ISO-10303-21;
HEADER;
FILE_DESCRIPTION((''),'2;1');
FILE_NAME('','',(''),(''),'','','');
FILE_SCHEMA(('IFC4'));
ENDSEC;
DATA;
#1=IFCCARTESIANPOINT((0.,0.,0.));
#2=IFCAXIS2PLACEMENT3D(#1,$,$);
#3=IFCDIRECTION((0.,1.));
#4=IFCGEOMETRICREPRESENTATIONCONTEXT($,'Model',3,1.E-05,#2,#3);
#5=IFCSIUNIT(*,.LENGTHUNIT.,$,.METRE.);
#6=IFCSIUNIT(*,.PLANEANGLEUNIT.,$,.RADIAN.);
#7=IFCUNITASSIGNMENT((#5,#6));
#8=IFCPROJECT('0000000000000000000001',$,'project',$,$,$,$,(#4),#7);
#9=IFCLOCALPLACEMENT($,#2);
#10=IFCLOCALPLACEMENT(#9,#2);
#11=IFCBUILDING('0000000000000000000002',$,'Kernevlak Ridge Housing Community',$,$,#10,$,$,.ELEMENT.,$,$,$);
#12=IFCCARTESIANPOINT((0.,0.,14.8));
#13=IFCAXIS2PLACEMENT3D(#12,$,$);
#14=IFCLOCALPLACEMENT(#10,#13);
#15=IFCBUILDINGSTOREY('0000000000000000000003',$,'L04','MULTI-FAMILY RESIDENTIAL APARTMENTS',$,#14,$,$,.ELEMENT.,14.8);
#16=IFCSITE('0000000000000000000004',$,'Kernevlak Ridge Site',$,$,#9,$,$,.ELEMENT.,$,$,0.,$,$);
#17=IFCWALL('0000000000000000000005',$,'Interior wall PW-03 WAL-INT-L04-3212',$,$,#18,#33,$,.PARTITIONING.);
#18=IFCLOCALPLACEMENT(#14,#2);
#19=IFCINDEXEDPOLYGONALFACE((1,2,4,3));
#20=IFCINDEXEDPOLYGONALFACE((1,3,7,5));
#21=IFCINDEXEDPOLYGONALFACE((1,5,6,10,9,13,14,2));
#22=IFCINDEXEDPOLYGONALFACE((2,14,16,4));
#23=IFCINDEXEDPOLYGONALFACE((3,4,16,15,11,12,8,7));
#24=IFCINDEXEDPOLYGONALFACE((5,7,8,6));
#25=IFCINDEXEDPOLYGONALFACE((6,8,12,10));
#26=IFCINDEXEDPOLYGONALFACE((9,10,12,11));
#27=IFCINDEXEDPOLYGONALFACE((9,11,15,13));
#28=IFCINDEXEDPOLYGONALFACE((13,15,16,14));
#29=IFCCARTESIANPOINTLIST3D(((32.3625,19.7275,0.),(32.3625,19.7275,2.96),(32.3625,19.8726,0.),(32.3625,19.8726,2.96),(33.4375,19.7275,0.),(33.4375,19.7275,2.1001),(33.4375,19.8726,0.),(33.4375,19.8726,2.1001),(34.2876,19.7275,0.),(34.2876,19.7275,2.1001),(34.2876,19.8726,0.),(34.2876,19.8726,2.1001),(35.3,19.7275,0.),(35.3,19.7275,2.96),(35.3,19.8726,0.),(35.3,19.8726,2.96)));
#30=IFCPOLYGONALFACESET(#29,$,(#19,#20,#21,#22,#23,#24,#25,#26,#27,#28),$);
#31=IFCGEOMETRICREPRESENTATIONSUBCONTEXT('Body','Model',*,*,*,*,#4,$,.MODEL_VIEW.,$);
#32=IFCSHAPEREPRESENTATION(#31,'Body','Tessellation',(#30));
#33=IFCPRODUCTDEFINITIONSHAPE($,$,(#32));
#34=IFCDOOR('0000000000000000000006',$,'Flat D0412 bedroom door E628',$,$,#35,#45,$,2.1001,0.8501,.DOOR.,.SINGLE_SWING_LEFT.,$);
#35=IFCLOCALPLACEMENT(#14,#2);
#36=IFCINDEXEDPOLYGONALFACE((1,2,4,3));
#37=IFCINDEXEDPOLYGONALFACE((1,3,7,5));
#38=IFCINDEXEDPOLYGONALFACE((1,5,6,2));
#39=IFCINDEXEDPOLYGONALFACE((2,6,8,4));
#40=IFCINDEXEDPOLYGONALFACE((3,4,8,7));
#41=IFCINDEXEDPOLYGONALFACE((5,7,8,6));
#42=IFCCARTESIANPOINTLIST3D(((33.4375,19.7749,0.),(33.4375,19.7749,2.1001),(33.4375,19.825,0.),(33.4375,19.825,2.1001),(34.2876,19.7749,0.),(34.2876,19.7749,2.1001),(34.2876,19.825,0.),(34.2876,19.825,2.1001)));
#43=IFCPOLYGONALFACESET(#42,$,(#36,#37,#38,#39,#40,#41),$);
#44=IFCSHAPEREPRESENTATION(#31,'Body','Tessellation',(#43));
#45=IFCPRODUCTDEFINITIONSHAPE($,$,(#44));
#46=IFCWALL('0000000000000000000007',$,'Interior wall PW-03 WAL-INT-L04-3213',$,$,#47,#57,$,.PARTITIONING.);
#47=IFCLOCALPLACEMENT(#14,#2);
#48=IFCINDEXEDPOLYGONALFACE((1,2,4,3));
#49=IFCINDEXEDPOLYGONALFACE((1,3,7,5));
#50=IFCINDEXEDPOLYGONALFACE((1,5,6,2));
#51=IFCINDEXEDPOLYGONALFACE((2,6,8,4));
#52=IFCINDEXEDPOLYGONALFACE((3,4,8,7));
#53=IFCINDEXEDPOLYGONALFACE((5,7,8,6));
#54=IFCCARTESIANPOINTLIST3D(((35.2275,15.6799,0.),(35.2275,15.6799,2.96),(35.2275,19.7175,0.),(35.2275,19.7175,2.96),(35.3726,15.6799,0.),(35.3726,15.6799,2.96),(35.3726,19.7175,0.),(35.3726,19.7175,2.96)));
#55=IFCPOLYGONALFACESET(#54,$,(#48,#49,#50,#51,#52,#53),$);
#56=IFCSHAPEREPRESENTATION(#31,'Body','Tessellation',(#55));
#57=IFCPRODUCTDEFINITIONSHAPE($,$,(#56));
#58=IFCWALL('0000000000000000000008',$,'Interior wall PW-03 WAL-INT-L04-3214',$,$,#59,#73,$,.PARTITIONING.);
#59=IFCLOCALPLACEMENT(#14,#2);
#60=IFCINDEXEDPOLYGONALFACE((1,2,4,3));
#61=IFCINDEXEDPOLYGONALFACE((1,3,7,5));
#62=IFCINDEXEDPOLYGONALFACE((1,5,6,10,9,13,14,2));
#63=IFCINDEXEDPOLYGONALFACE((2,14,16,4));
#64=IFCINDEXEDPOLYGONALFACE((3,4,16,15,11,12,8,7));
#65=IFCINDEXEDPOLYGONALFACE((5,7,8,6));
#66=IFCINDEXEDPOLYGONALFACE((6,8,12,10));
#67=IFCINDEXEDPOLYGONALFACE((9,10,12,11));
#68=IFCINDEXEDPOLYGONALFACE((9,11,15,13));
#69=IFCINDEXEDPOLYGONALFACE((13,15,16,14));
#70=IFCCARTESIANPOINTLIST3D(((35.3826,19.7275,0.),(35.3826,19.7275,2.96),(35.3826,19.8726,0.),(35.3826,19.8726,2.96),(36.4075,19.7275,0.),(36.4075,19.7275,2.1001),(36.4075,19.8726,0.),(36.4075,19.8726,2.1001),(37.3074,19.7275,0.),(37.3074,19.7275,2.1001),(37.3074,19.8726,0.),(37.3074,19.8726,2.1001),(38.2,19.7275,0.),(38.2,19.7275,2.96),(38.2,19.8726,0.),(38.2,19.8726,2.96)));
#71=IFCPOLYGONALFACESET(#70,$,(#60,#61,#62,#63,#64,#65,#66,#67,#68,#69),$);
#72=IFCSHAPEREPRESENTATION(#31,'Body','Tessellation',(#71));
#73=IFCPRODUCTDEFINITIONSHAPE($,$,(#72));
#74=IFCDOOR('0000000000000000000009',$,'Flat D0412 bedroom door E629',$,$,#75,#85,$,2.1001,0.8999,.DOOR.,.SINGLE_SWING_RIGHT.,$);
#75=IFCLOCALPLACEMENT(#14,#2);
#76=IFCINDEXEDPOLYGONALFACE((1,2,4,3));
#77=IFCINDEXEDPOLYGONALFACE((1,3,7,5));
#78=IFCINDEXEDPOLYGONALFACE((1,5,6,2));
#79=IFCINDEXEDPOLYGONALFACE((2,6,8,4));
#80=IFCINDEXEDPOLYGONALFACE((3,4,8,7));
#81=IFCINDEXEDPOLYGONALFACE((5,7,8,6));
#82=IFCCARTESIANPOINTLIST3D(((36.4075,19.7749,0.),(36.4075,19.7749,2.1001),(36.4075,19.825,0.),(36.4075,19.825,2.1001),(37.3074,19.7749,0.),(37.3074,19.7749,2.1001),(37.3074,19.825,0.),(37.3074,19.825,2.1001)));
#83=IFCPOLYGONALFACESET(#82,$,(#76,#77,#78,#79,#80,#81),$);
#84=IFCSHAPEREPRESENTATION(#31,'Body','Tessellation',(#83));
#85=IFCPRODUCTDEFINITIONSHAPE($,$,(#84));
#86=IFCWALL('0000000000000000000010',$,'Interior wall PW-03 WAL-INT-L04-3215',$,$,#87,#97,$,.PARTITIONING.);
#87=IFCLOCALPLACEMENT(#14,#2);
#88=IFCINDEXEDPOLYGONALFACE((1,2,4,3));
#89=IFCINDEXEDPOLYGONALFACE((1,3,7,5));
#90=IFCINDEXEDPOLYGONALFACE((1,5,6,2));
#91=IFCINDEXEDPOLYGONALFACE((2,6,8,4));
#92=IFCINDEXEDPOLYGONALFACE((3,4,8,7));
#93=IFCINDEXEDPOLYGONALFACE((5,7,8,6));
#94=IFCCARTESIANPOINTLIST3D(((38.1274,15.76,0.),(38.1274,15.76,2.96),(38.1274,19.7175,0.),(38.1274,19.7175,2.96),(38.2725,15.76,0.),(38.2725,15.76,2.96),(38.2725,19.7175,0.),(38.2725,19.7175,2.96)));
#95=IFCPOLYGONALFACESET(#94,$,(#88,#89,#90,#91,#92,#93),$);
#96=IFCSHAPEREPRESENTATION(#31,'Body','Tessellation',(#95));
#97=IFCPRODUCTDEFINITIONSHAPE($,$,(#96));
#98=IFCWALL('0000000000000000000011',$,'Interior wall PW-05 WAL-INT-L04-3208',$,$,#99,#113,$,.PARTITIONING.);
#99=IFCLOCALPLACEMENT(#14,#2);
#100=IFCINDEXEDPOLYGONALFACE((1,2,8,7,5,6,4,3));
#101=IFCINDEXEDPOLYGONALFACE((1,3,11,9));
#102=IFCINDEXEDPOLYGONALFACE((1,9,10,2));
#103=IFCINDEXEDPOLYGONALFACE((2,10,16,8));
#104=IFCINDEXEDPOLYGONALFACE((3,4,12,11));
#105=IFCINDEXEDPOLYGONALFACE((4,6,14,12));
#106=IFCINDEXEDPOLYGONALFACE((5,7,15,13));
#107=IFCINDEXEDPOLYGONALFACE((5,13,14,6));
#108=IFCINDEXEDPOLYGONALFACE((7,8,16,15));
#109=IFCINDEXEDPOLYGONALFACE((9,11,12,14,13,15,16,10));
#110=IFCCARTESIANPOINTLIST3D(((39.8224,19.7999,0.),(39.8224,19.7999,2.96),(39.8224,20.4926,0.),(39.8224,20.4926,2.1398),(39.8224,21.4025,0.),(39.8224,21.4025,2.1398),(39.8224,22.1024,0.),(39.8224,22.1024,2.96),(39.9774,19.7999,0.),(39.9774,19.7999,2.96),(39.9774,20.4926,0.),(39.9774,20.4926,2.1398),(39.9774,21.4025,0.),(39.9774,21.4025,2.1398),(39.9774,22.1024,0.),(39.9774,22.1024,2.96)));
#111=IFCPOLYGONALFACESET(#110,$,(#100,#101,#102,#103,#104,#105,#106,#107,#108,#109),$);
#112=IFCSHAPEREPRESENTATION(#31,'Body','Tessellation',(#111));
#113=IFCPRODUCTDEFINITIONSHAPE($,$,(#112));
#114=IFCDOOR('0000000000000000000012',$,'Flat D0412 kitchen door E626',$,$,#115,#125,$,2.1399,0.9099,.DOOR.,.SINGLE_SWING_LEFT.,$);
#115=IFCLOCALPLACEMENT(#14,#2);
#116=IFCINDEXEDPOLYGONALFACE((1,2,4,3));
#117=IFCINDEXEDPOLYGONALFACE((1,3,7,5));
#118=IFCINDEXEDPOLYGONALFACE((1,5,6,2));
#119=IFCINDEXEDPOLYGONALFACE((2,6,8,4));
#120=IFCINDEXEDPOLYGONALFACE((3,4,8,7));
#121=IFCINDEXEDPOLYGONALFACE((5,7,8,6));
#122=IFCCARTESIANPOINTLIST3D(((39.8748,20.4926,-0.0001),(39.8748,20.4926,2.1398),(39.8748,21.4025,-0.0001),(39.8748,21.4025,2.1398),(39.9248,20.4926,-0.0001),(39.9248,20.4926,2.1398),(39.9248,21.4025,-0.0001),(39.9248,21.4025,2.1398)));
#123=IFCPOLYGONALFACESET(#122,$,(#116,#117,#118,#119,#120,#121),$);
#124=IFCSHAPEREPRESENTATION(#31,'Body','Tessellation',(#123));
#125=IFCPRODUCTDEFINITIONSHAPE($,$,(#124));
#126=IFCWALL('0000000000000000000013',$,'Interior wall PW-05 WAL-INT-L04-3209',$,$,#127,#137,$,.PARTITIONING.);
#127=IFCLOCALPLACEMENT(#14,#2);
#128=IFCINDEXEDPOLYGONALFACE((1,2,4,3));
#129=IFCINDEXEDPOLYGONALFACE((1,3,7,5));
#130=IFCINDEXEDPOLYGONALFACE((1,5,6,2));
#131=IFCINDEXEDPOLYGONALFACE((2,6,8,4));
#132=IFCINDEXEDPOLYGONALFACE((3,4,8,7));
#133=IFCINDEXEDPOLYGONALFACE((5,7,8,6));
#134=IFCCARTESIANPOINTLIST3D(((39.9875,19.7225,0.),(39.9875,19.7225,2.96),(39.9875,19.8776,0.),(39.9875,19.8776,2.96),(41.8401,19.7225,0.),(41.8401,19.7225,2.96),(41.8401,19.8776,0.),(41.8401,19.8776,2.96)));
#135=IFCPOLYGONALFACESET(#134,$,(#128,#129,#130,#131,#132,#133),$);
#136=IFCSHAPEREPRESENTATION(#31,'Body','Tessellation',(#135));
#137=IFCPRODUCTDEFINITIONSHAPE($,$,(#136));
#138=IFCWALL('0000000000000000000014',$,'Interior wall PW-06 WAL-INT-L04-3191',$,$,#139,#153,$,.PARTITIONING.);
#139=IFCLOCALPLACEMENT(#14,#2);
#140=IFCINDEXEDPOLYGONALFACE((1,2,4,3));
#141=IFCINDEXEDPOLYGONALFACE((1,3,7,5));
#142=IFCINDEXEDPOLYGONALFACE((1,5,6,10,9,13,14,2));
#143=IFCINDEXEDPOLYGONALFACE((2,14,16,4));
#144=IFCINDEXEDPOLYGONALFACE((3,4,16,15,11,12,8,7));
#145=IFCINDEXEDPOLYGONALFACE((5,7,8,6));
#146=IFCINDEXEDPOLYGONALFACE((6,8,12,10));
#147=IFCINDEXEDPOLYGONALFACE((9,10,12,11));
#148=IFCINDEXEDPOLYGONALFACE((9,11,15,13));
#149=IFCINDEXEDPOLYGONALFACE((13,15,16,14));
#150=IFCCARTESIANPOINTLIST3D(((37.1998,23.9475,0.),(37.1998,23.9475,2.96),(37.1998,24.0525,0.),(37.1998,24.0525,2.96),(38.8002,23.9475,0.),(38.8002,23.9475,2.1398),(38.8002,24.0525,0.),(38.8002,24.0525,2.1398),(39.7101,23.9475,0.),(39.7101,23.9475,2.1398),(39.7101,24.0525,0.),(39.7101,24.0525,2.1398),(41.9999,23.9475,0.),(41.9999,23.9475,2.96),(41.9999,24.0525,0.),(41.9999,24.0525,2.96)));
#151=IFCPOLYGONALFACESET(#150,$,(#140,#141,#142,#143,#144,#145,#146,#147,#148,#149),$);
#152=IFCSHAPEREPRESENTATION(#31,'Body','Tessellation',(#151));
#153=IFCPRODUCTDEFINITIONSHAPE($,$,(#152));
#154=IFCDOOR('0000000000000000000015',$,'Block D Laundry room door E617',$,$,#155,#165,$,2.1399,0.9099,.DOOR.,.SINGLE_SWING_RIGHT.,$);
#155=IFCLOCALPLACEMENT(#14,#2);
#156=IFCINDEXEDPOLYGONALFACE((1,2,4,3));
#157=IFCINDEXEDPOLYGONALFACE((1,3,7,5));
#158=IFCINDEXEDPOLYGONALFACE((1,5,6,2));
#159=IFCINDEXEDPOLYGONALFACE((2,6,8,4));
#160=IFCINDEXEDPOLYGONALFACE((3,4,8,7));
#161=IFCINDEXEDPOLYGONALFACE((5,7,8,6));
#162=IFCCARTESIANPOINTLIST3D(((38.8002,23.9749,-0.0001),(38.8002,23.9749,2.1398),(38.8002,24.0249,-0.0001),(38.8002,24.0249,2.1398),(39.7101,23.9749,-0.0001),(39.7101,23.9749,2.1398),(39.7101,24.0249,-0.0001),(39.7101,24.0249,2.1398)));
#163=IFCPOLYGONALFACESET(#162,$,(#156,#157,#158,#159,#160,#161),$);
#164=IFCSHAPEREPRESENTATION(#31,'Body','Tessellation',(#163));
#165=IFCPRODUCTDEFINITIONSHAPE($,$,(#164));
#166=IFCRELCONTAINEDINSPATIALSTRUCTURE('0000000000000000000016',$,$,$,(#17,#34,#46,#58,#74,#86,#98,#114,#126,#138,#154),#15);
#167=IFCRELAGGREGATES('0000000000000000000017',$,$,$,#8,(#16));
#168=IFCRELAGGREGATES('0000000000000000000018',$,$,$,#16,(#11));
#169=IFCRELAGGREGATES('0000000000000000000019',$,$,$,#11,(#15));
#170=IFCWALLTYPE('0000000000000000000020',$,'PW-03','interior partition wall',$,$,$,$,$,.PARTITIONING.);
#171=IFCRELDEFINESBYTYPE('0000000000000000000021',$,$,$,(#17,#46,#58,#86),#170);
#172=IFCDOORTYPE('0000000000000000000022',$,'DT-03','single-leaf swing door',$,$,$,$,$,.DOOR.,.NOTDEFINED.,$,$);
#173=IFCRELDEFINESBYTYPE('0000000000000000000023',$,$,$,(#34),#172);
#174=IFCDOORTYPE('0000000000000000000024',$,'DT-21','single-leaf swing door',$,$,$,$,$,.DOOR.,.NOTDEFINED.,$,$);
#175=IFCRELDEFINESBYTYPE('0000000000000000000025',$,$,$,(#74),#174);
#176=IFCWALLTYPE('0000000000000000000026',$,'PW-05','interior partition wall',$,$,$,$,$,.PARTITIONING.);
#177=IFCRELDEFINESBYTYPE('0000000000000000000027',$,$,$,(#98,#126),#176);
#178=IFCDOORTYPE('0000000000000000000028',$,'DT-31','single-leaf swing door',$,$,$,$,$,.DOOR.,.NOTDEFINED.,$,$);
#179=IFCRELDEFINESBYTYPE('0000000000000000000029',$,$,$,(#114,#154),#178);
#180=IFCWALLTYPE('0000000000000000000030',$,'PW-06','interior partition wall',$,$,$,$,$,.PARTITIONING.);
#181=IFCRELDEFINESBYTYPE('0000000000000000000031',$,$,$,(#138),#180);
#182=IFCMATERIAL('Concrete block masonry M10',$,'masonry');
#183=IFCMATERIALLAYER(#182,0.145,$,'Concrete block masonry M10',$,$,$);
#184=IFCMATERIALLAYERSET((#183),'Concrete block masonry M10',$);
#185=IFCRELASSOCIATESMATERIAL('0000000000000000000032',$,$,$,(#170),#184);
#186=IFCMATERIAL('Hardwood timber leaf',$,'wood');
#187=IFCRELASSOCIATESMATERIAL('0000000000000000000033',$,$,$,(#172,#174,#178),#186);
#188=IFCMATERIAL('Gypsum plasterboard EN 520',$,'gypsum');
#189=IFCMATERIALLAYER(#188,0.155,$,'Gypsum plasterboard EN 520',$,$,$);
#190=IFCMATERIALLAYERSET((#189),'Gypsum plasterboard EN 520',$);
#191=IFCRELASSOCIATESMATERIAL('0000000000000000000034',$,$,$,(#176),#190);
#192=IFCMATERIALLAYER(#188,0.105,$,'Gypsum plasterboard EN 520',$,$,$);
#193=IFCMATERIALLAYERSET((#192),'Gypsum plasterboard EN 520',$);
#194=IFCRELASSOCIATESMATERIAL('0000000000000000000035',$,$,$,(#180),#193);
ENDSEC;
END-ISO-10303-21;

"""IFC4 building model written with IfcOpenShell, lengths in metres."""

from ifc_helpers import new_model, si_unit, direction, frame, frame_2d, origin, place, context, subcontext, project, spatial, rectangle, extrude, material, layer, layer_set, type_object, element, fill, save


model = new_model("IFC4")

# Units and contexts
model_context = context("Model", 3, precision=1e-05, world=origin(), true_north=direction((0.0, 1.0)))
body_context = subcontext(model_context, "Body", "Model", "MODEL_VIEW")
ifc_project = project(units=[si_unit("LENGTHUNIT", "METRE"), si_unit("PLANEANGLEUNIT", "RADIAN")], contexts=[model_context])

# Site, building, storey
site_placement = place(None, origin())
site = spatial("IfcSite", under=ifc_project, at=site_placement, Name="Kernevlak Ridge Site", CompositionType="ELEMENT", RefElevation=0.0)
building_placement = place(site_placement, origin())
building = spatial("IfcBuilding", under=site, at=building_placement, Name="Kernevlak Ridge Housing Community", CompositionType="ELEMENT")
storey_placement = place(building_placement, frame((0.0, 0.0, 14.8)))
storey = spatial("IfcBuildingStorey", under=building, at=storey_placement, Name="L04", Description="MULTI-FAMILY RESIDENTIAL APARTMENTS", CompositionType="ELEMENT", Elevation=14.8)

# Shared definitions
ifc_material_1 = material(Name="Concrete block masonry M10", Category="masonry")

# Wall, opening, door
ifc_layer_1 = layer(ifc_material_1, 0.145, Name="Concrete block masonry M10")
ifc_layer_set_1 = layer_set([ifc_layer_1], Name="Concrete block masonry M10")
wall_type_1 = type_object("IfcWallType", Name="PW-03", Description="interior partition wall", PredefinedType="PARTITIONING", material=ifc_layer_set_1)
wall_1_placement = place(storey_placement, frame((32.3625, 19.8, 0.0), z_axis=(0.0, 0.0, 1.0), x_axis=(1.0, 0.0, 0.0)))
wall_1 = element("IfcWall", 1, at=wall_1_placement, inside=storey, type_object=wall_type_1, Name="Interior wall PW-03 WAL-INT-L04-3212", PredefinedType="PARTITIONING", context=body_context, shape_type="SweptSolid", body=[
    extrude(rectangle(XDim=2.9375, YDim=0.145, at=frame_2d((1.4688, 0.0))), origin(), (0.0, 0.0, 1.0), 2.96),
])
opening_1_placement = place(wall_1_placement, frame((1.075, 0.0, 0.0)))
opening_1 = element("IfcOpeningElement", 2, at=opening_1_placement, cuts=wall_1, PredefinedType="OPENING", context=body_context, shape_type="SweptSolid", body=[
    extrude(rectangle(XDim=0.8501, YDim=2.1001, at=frame_2d((0.425, 1.05))), frame((0.0, 0.0825, 0.0), z_axis=(0.0, -1.0, 0.0), x_axis=(1.0, 0.0, 0.0)), (0.0, 0.0, 1.0), 0.165),
])
ifc_material_2 = material(Name="Hardwood timber leaf", Category="wood")
door_type_1 = type_object("IfcDoorType", Name="DT-03", Description="single-leaf swing door", OperationType="NOTDEFINED", PredefinedType="DOOR", material=ifc_material_2)
door_1_placement = place(opening_1_placement, origin())
door_1 = element("IfcDoor", 3, at=door_1_placement, inside=storey, type_object=door_type_1, Name="Flat D0412 bedroom door E628", OperationType="SINGLE_SWING_LEFT", OverallHeight=2.1001, OverallWidth=0.8501, PredefinedType="DOOR", context=body_context, shape_type="SweptSolid", body=[
    extrude(rectangle(XDim=0.8501, YDim=2.1001, at=frame_2d((0.425, 1.05))), frame((0.0, 0.0249, 0.0), z_axis=(0.0, -1.0, 0.0), x_axis=(1.0, 0.0, 0.0)), (0.0, 0.0, 1.0), 0.05),
])
fill(opening_1, door_1)

# Wall
wall_2_placement = place(storey_placement, frame((35.3, 19.7175, 0.0), z_axis=(0.0, 0.0, 1.0), x_axis=(0.0, -1.0, 0.0)))
element("IfcWall", 4, at=wall_2_placement, inside=storey, type_object=wall_type_1, Name="Interior wall PW-03 WAL-INT-L04-3213", PredefinedType="PARTITIONING", context=body_context, shape_type="SweptSolid", body=[
    extrude(rectangle(XDim=4.0376, YDim=0.145, at=frame_2d((2.0188, 0.0))), origin(), (0.0, 0.0, 1.0), 2.96),
])

# Wall, opening, door
wall_3_placement = place(storey_placement, frame((35.3826, 19.8, 0.0), z_axis=(0.0, 0.0, 1.0), x_axis=(1.0, 0.0, 0.0)))
wall_3 = element("IfcWall", 5, at=wall_3_placement, inside=storey, type_object=wall_type_1, Name="Interior wall PW-03 WAL-INT-L04-3214", PredefinedType="PARTITIONING", context=body_context, shape_type="SweptSolid", body=[
    extrude(rectangle(XDim=2.8174, YDim=0.145, at=frame_2d((1.4087, 0.0))), origin(), (0.0, 0.0, 1.0), 2.96),
])
opening_2_placement = place(wall_3_placement, frame((1.0249, 0.0, 0.0)))
opening_2 = element("IfcOpeningElement", 6, at=opening_2_placement, cuts=wall_3, PredefinedType="OPENING", context=body_context, shape_type="SweptSolid", body=[
    extrude(rectangle(XDim=0.8999, YDim=2.1001, at=frame_2d((0.45, 1.05))), frame((0.0, 0.0825, 0.0), z_axis=(0.0, -1.0, 0.0), x_axis=(1.0, 0.0, 0.0)), (0.0, 0.0, 1.0), 0.165),
])
door_type_2 = type_object("IfcDoorType", Name="DT-21", Description="single-leaf swing door", OperationType="NOTDEFINED", PredefinedType="DOOR", material=ifc_material_2)
door_2_placement = place(opening_2_placement, origin())
door_2 = element("IfcDoor", 7, at=door_2_placement, inside=storey, type_object=door_type_2, Name="Flat D0412 bedroom door E629", OperationType="SINGLE_SWING_RIGHT", OverallHeight=2.1001, OverallWidth=0.8999, PredefinedType="DOOR", context=body_context, shape_type="SweptSolid", body=[
    extrude(rectangle(XDim=0.8999, YDim=2.1001, at=frame_2d((0.45, 1.05))), frame((0.0, 0.0249, 0.0), z_axis=(0.0, -1.0, 0.0), x_axis=(1.0, 0.0, 0.0)), (0.0, 0.0, 1.0), 0.05),
])
fill(opening_2, door_2)

# Wall
wall_4_placement = place(storey_placement, frame((38.2, 19.7175, 0.0), z_axis=(0.0, 0.0, 1.0), x_axis=(0.0, -1.0, 0.0)))
element("IfcWall", 8, at=wall_4_placement, inside=storey, type_object=wall_type_1, Name="Interior wall PW-03 WAL-INT-L04-3215", PredefinedType="PARTITIONING", context=body_context, shape_type="SweptSolid", body=[
    extrude(rectangle(XDim=3.9575, YDim=0.145, at=frame_2d((1.9788, 0.0))), origin(), (0.0, 0.0, 1.0), 2.96),
])

# Wall, opening, door
ifc_material_3 = material(Name="Gypsum plasterboard EN 520", Category="gypsum")
ifc_layer_2 = layer(ifc_material_3, 0.155, Name="Gypsum plasterboard EN 520")
ifc_layer_set_2 = layer_set([ifc_layer_2], Name="Gypsum plasterboard EN 520")
wall_type_2 = type_object("IfcWallType", Name="PW-05", Description="interior partition wall", PredefinedType="PARTITIONING", material=ifc_layer_set_2)
wall_5_placement = place(storey_placement, frame((39.8999, 22.1025, 0.0), z_axis=(0.0, 0.0, 1.0), x_axis=(0.0, -1.0, 0.0)))
wall_5 = element("IfcWall", 9, at=wall_5_placement, inside=storey, type_object=wall_type_2, Name="Interior wall PW-05 WAL-INT-L04-3208", PredefinedType="PARTITIONING", context=body_context, shape_type="SweptSolid", body=[
    extrude(rectangle(XDim=2.3025, YDim=0.155, at=frame_2d((1.1514, 0.0))), origin(), (0.0, 0.0, 1.0), 2.96),
])
opening_3_placement = place(wall_5_placement, frame((0.7, 0.0, 0.0)))
opening_3 = element("IfcOpeningElement", 10, at=opening_3_placement, cuts=wall_5, PredefinedType="OPENING", context=body_context, shape_type="SweptSolid", body=[
    extrude(rectangle(XDim=0.9099, YDim=2.1399, at=frame_2d((0.4551, 1.0698))), frame((0.0, 0.0874, 0.0), z_axis=(0.0, -1.0, 0.0), x_axis=(1.0, 0.0, 0.0)), (0.0, 0.0, 1.0), 0.175),
])
door_type_3 = type_object("IfcDoorType", Name="DT-31", Description="single-leaf swing door", OperationType="NOTDEFINED", PredefinedType="DOOR", material=ifc_material_2)
door_3_placement = place(opening_3_placement, origin())
door_3 = element("IfcDoor", 11, at=door_3_placement, inside=storey, type_object=door_type_3, Name="Flat D0412 kitchen door E626", OperationType="SINGLE_SWING_LEFT", OverallHeight=2.1399, OverallWidth=0.9099, PredefinedType="DOOR", context=body_context, shape_type="SweptSolid", body=[
    extrude(rectangle(XDim=0.9099, YDim=2.1399, at=frame_2d((0.4551, 1.0698))), frame((0.0, 0.0249, 0.0), z_axis=(0.0, -1.0, 0.0), x_axis=(1.0, 0.0, 0.0)), (0.0, 0.0, 1.0), 0.05),
])
fill(opening_3, door_3)

# Wall
wall_6_placement = place(storey_placement, frame((39.9875, 19.8, 0.0), z_axis=(0.0, 0.0, 1.0), x_axis=(1.0, 0.0, 0.0)))
element("IfcWall", 12, at=wall_6_placement, inside=storey, type_object=wall_type_2, Name="Interior wall PW-05 WAL-INT-L04-3209", PredefinedType="PARTITIONING", context=body_context, shape_type="SweptSolid", body=[
    extrude(rectangle(XDim=1.8525, YDim=0.155, at=frame_2d((0.9263, 0.0))), origin(), (0.0, 0.0, 1.0), 2.96),
])

# Wall, opening, door
ifc_layer_3 = layer(ifc_material_3, 0.105, Name="Gypsum plasterboard EN 520")
ifc_layer_set_3 = layer_set([ifc_layer_3], Name="Gypsum plasterboard EN 520")
wall_type_3 = type_object("IfcWallType", Name="PW-06", Description="interior partition wall", PredefinedType="PARTITIONING", material=ifc_layer_set_3)
wall_7_placement = place(storey_placement, frame((37.2, 24.0, 0.0), z_axis=(0.0, 0.0, 1.0), x_axis=(1.0, 0.0, 0.0)))
wall_7 = element("IfcWall", 13, at=wall_7_placement, inside=storey, type_object=wall_type_3, Name="Interior wall PW-06 WAL-INT-L04-3191", PredefinedType="PARTITIONING", context=body_context, shape_type="SweptSolid", body=[
    extrude(rectangle(XDim=4.8, YDim=0.105, at=frame_2d((2.3999, 0.0))), origin(), (0.0, 0.0, 1.0), 2.96),
])
opening_4_placement = place(wall_7_placement, frame((1.6001, 0.0, 0.0)))
opening_4 = element("IfcOpeningElement", 14, at=opening_4_placement, cuts=wall_7, PredefinedType="OPENING", context=body_context, shape_type="SweptSolid", body=[
    extrude(rectangle(XDim=0.9099, YDim=2.1399, at=frame_2d((0.4551, 1.0698))), frame((0.0, 0.0625, 0.0), z_axis=(0.0, -1.0, 0.0), x_axis=(1.0, 0.0, 0.0)), (0.0, 0.0, 1.0), 0.125),
])
door_4_placement = place(opening_4_placement, origin())
door_4 = element("IfcDoor", 15, at=door_4_placement, inside=storey, type_object=door_type_3, Name="Block D Laundry room door E617", OperationType="SINGLE_SWING_RIGHT", OverallHeight=2.1399, OverallWidth=0.9099, PredefinedType="DOOR", context=body_context, shape_type="SweptSolid", body=[
    extrude(rectangle(XDim=0.9099, YDim=2.1399, at=frame_2d((0.4551, 1.0698))), frame((0.0, 0.0249, 0.0), z_axis=(0.0, -1.0, 0.0), x_axis=(1.0, 0.0, 0.0)), (0.0, 0.0, 1.0), 0.05),
])
fill(opening_4, door_4)

save(model, "model.ifc")
